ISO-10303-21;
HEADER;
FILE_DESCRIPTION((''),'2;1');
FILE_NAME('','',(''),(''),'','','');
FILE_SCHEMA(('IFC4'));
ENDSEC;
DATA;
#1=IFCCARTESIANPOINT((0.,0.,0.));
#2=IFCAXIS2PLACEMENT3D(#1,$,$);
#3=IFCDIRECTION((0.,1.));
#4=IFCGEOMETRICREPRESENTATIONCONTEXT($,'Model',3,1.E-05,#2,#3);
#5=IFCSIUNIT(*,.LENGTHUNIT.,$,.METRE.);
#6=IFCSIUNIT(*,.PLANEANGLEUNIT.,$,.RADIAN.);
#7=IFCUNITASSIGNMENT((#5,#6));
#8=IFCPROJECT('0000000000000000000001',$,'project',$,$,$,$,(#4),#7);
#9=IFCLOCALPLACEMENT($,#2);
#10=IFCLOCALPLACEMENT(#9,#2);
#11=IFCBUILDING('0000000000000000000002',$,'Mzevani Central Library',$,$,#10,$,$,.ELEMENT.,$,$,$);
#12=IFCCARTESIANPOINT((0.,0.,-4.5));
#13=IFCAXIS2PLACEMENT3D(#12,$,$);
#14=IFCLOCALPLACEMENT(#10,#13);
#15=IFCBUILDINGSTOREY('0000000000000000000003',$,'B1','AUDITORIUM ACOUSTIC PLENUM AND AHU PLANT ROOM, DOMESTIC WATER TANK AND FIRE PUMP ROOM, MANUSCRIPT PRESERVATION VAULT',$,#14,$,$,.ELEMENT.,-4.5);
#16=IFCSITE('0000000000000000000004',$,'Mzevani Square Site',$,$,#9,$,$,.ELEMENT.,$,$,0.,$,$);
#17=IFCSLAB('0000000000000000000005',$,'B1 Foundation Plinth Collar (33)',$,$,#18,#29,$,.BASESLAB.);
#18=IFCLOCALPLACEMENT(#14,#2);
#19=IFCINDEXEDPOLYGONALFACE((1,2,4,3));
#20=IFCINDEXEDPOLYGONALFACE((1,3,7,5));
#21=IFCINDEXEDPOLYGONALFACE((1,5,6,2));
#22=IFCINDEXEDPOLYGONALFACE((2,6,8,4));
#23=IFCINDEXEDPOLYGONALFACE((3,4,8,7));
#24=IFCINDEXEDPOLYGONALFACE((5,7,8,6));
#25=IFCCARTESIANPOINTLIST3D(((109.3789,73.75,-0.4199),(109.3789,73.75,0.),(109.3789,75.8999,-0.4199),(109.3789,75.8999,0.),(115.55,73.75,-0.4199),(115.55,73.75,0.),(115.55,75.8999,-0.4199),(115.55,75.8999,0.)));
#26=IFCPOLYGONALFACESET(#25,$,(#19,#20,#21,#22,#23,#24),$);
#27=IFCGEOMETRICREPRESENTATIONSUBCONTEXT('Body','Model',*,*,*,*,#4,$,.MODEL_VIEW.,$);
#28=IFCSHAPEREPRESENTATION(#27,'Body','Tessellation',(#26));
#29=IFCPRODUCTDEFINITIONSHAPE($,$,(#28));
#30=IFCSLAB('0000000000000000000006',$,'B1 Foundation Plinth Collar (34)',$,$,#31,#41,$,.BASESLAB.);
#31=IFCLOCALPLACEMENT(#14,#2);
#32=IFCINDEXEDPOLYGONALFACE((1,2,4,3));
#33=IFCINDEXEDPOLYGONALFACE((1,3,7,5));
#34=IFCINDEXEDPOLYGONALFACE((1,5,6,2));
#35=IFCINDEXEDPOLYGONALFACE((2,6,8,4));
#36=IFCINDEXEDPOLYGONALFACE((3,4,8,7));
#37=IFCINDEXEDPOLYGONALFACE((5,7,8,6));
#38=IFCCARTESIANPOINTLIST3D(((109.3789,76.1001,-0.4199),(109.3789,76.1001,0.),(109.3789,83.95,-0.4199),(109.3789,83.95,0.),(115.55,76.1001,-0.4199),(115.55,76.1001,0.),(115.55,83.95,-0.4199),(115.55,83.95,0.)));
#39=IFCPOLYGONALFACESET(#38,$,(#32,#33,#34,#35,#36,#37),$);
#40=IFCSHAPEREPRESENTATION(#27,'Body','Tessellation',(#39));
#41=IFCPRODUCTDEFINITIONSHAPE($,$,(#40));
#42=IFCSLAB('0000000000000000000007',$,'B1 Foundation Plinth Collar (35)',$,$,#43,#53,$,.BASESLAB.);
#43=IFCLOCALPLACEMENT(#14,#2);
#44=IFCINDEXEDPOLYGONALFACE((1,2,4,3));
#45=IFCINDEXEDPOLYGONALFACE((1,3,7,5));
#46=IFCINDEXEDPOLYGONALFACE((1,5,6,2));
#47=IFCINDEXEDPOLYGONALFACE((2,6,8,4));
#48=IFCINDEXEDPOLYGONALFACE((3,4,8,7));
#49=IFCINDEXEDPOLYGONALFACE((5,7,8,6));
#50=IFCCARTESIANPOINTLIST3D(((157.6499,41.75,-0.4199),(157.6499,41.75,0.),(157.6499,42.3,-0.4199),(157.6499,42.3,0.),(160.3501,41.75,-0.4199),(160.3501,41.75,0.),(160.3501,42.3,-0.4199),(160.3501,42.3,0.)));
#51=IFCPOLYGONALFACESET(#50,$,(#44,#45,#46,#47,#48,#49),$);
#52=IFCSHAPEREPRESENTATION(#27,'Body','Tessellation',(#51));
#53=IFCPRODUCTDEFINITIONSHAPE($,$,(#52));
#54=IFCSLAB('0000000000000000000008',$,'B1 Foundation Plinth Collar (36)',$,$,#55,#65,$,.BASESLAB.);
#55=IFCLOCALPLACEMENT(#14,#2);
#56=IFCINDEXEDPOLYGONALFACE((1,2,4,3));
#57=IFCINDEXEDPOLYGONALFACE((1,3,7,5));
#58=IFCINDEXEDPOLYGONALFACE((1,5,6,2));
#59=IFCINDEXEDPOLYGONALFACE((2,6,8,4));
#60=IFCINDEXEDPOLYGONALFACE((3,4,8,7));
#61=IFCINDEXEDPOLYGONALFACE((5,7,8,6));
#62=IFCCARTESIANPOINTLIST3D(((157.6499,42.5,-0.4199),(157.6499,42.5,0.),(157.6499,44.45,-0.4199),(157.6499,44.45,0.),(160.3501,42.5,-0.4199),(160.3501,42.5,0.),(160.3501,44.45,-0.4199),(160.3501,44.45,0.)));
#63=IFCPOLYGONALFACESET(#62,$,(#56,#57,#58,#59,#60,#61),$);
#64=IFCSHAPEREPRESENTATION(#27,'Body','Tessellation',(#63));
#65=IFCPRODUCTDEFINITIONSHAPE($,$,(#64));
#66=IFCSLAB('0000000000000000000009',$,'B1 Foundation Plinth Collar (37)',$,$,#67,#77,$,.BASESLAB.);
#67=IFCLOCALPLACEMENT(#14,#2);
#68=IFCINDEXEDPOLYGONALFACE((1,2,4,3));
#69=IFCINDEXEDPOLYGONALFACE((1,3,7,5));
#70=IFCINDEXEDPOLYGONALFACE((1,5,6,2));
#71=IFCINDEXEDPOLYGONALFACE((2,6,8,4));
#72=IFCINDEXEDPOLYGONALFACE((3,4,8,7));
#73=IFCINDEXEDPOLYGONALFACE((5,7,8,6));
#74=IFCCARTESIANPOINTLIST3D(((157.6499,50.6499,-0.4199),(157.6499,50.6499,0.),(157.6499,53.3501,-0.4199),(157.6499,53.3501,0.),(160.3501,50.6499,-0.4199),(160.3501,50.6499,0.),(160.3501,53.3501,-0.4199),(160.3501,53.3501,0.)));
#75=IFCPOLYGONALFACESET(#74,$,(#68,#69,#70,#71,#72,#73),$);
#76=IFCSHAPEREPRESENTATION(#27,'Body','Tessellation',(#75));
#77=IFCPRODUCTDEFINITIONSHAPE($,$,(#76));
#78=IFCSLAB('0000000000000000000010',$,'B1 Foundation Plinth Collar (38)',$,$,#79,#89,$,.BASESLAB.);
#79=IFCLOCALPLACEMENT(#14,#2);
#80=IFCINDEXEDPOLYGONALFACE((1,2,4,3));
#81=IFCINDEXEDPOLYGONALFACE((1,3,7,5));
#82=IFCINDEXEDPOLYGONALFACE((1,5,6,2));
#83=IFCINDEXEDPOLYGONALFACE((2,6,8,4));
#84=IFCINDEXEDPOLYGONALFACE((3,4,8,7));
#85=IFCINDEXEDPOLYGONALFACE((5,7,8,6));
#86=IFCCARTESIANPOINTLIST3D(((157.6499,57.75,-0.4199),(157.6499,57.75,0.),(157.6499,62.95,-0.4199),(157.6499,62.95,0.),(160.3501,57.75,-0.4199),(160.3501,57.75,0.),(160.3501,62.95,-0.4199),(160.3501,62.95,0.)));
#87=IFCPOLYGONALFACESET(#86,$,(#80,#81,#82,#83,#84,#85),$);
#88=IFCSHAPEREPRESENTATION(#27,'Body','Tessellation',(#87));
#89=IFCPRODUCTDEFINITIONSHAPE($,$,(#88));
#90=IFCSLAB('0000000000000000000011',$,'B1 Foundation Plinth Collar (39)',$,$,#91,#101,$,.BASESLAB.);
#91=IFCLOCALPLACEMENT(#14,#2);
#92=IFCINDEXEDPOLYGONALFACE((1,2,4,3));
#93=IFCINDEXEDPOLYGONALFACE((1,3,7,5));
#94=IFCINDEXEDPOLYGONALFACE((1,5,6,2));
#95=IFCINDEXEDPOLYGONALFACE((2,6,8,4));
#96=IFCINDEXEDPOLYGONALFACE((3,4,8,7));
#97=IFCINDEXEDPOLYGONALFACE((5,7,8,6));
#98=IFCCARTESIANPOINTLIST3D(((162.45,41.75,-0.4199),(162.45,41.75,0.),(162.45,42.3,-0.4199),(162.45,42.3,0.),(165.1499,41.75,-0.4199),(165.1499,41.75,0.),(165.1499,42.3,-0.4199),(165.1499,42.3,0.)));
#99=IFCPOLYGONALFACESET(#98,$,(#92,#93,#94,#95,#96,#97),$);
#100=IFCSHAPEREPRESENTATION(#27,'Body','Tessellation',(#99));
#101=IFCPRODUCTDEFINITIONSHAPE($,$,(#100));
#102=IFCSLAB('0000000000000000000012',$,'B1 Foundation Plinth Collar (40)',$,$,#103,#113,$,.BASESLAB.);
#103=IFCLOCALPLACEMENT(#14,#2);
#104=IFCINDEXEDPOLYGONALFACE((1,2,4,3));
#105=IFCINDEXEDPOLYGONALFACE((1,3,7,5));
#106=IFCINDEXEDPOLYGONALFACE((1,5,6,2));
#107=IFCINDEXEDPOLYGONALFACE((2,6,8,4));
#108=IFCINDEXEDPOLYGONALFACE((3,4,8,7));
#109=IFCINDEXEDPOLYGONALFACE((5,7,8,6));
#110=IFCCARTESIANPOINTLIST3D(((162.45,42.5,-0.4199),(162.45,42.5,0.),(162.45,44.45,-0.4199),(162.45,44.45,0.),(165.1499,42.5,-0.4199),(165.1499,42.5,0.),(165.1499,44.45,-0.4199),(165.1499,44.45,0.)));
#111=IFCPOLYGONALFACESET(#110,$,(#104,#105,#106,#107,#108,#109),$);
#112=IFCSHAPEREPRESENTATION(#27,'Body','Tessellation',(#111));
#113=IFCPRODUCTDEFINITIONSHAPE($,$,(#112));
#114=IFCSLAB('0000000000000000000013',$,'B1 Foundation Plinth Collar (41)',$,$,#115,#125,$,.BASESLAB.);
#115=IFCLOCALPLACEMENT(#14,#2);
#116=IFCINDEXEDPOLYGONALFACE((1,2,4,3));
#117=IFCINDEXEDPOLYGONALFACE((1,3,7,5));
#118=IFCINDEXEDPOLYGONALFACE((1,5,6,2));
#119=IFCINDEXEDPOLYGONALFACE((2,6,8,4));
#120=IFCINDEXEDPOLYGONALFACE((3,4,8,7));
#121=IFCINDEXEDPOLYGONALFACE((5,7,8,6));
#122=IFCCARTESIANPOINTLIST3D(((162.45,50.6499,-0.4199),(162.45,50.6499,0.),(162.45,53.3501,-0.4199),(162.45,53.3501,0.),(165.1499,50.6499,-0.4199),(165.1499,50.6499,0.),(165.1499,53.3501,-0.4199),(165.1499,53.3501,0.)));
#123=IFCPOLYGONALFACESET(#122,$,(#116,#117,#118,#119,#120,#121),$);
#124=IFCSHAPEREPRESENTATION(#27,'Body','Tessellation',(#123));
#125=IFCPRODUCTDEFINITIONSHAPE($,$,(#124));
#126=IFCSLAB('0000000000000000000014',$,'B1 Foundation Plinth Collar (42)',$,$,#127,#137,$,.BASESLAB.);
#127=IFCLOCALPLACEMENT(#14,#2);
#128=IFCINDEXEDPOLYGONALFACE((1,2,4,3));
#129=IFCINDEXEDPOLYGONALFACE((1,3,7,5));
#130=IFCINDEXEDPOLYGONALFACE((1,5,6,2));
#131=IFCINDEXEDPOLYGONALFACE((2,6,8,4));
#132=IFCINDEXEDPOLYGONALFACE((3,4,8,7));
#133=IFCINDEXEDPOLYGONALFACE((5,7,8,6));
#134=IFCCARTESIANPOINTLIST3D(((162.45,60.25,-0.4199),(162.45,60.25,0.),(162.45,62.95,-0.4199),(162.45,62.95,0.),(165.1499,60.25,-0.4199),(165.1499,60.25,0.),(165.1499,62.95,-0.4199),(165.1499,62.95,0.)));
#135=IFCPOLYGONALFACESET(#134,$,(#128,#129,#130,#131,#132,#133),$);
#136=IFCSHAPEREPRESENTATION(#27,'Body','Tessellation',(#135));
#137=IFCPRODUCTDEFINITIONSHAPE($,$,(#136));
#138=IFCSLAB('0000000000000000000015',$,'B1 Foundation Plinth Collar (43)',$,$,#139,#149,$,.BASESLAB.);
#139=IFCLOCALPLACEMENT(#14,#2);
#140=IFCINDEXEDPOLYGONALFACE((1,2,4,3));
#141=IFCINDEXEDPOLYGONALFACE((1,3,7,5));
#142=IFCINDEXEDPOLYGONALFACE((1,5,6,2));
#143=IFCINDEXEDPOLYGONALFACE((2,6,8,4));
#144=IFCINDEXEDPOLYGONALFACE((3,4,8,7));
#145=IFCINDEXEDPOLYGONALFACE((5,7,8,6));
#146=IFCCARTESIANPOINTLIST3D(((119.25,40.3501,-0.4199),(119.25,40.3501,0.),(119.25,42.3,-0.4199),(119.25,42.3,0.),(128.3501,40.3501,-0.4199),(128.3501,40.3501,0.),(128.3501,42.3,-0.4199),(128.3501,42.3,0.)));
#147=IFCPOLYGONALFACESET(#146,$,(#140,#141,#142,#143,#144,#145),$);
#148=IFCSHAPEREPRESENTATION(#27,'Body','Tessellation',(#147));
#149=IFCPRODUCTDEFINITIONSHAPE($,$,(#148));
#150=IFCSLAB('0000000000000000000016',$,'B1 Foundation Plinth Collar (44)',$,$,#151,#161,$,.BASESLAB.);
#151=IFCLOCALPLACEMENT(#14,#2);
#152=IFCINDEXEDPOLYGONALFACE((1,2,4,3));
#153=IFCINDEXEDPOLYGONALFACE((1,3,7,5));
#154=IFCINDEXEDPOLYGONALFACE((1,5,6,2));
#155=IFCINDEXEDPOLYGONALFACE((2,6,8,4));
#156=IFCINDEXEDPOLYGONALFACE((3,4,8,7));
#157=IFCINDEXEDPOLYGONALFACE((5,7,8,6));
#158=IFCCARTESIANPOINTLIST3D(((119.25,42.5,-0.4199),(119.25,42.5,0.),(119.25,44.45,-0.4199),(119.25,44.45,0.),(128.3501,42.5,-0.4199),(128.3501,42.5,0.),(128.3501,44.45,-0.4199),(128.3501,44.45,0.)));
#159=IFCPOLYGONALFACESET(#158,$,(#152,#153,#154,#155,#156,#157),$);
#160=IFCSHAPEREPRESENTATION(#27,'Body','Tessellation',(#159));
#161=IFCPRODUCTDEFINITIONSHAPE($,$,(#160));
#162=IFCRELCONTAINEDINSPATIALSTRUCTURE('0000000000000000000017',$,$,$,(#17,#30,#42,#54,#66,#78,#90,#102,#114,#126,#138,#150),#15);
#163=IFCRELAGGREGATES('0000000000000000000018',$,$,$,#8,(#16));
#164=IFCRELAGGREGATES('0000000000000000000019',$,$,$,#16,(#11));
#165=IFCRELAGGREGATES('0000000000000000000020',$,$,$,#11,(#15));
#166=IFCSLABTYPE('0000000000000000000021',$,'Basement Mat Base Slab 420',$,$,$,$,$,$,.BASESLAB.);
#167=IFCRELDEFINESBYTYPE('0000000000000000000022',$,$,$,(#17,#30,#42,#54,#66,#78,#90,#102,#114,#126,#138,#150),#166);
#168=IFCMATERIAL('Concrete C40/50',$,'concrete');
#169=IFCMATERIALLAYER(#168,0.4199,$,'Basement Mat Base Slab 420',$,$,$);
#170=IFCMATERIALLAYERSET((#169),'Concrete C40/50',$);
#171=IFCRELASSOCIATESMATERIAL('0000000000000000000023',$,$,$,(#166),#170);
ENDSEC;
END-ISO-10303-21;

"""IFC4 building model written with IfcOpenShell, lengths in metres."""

from ifc_helpers import new_model, si_unit, direction, frame, origin, place, context, subcontext, project, spatial, polyline, outline, extrude, material, layer, layer_set, type_object, element, save


model = new_model("IFC4")

# Units and contexts
model_context = context("Model", 3, precision=1e-05, world=origin(), true_north=direction((0.0, 1.0)))
body_context = subcontext(model_context, "Body", "Model", "MODEL_VIEW")
ifc_project = project(units=[si_unit("LENGTHUNIT", "METRE"), si_unit("PLANEANGLEUNIT", "RADIAN")], contexts=[model_context])

# Site, building, storey
site_placement = place(None, origin())
site = spatial("IfcSite", under=ifc_project, at=site_placement, Name="Mzevani Square Site", CompositionType="ELEMENT", RefElevation=0.0)
building_placement = place(site_placement, origin())
building = spatial("IfcBuilding", under=site, at=building_placement, Name="Mzevani Central Library", CompositionType="ELEMENT")
storey_placement = place(building_placement, frame((0.0, 0.0, -4.5)))
storey = spatial("IfcBuildingStorey", under=building, at=storey_placement, Name="B1", Description="AUDITORIUM ACOUSTIC PLENUM AND AHU PLANT ROOM, DOMESTIC WATER TANK AND FIRE PUMP ROOM, MANUSCRIPT PRESERVATION VAULT", CompositionType="ELEMENT", Elevation=-4.5)

# Slabs
ifc_material = material(Name="Concrete C40/50", Category="concrete")
ifc_layer = layer(ifc_material, 0.4199, Name="Basement Mat Base Slab 420")
ifc_layer_set = layer_set([ifc_layer], Name="Concrete C40/50")
slab_type = type_object("IfcSlabType", Name="Basement Mat Base Slab 420", PredefinedType="BASESLAB", material=ifc_layer_set)
slab_1_placement = place(storey_placement, frame((0.0, 0.0, -0.4199)))
element("IfcSlab", 1, at=slab_1_placement, inside=storey, type_object=slab_type, Name="B1 Foundation Plinth Collar (33)", PredefinedType="BASESLAB", context=body_context, shape_type="SweptSolid", body=[
    extrude(outline(polyline([(109.3789, 75.8999), (115.55, 75.8999), (115.55, 73.75), (109.3789, 73.75), (109.3789, 75.8999)])), origin(), (0.0, 0.0, 1.0), 0.4199),
])
slab_2_placement = place(storey_placement, frame((0.0, 0.0, -0.4199)))
element("IfcSlab", 2, at=slab_2_placement, inside=storey, type_object=slab_type, Name="B1 Foundation Plinth Collar (34)", PredefinedType="BASESLAB", context=body_context, shape_type="SweptSolid", body=[
    extrude(outline(polyline([(109.3789, 83.95), (115.55, 83.95), (115.55, 76.1001), (109.3789, 76.1001), (109.3789, 83.95)])), origin(), (0.0, 0.0, 1.0), 0.4199),
])
slab_3_placement = place(storey_placement, frame((0.0, 0.0, -0.4199)))
element("IfcSlab", 3, at=slab_3_placement, inside=storey, type_object=slab_type, Name="B1 Foundation Plinth Collar (35)", PredefinedType="BASESLAB", context=body_context, shape_type="SweptSolid", body=[
    extrude(outline(polyline([(157.6499, 42.3), (160.3501, 42.3), (160.3501, 41.75), (157.6499, 41.75), (157.6499, 42.3)])), origin(), (0.0, 0.0, 1.0), 0.4199),
])
slab_4_placement = place(storey_placement, frame((0.0, 0.0, -0.4199)))
element("IfcSlab", 4, at=slab_4_placement, inside=storey, type_object=slab_type, Name="B1 Foundation Plinth Collar (36)", PredefinedType="BASESLAB", context=body_context, shape_type="SweptSolid", body=[
    extrude(outline(polyline([(157.6499, 44.45), (160.3501, 44.45), (160.3501, 42.5), (157.6499, 42.5), (157.6499, 44.45)])), origin(), (0.0, 0.0, 1.0), 0.4199),
])
slab_5_placement = place(storey_placement, frame((0.0, 0.0, -0.4199)))
element("IfcSlab", 5, at=slab_5_placement, inside=storey, type_object=slab_type, Name="B1 Foundation Plinth Collar (37)", PredefinedType="BASESLAB", context=body_context, shape_type="SweptSolid", body=[
    extrude(outline(polyline([(157.6499, 53.3501), (160.3501, 53.3501), (160.3501, 50.6499), (157.6499, 50.6499), (157.6499, 53.3501)])), origin(), (0.0, 0.0, 1.0), 0.4199),
])
slab_6_placement = place(storey_placement, frame((0.0, 0.0, -0.4199)))
element("IfcSlab", 6, at=slab_6_placement, inside=storey, type_object=slab_type, Name="B1 Foundation Plinth Collar (38)", PredefinedType="BASESLAB", context=body_context, shape_type="SweptSolid", body=[
    extrude(outline(polyline([(157.6499, 62.95), (160.3501, 62.95), (160.3501, 57.75), (157.6499, 57.75), (157.6499, 62.95)])), origin(), (0.0, 0.0, 1.0), 0.4199),
])
slab_7_placement = place(storey_placement, frame((0.0, 0.0, -0.4199)))
element("IfcSlab", 7, at=slab_7_placement, inside=storey, type_object=slab_type, Name="B1 Foundation Plinth Collar (39)", PredefinedType="BASESLAB", context=body_context, shape_type="SweptSolid", body=[
    extrude(outline(polyline([(162.45, 42.3), (165.1499, 42.3), (165.1499, 41.75), (162.45, 41.75), (162.45, 42.3)])), origin(), (0.0, 0.0, 1.0), 0.4199),
])
slab_8_placement = place(storey_placement, frame((0.0, 0.0, -0.4199)))
element("IfcSlab", 8, at=slab_8_placement, inside=storey, type_object=slab_type, Name="B1 Foundation Plinth Collar (40)", PredefinedType="BASESLAB", context=body_context, shape_type="SweptSolid", body=[
    extrude(outline(polyline([(162.45, 44.45), (165.1499, 44.45), (165.1499, 42.5), (162.45, 42.5), (162.45, 44.45)])), origin(), (0.0, 0.0, 1.0), 0.4199),
])
slab_9_placement = place(storey_placement, frame((0.0, 0.0, -0.4199)))
element("IfcSlab", 9, at=slab_9_placement, inside=storey, type_object=slab_type, Name="B1 Foundation Plinth Collar (41)", PredefinedType="BASESLAB", context=body_context, shape_type="SweptSolid", body=[
    extrude(outline(polyline([(162.45, 53.3501), (165.1499, 53.3501), (165.1499, 50.6499), (162.45, 50.6499), (162.45, 53.3501)])), origin(), (0.0, 0.0, 1.0), 0.4199),
])
slab_10_placement = place(storey_placement, frame((0.0, 0.0, -0.4199)))
element("IfcSlab", 10, at=slab_10_placement, inside=storey, type_object=slab_type, Name="B1 Foundation Plinth Collar (42)", PredefinedType="BASESLAB", context=body_context, shape_type="SweptSolid", body=[
    extrude(outline(polyline([(162.45, 62.95), (165.1499, 62.95), (165.1499, 60.25), (162.45, 60.25), (162.45, 62.95)])), origin(), (0.0, 0.0, 1.0), 0.4199),
])
slab_11_placement = place(storey_placement, frame((0.0, 0.0, -0.4199)))
element("IfcSlab", 11, at=slab_11_placement, inside=storey, type_object=slab_type, Name="B1 Foundation Plinth Collar (43)", PredefinedType="BASESLAB", context=body_context, shape_type="SweptSolid", body=[
    extrude(outline(polyline([(119.25, 42.3), (128.3501, 42.3), (128.3501, 40.3501), (119.25, 40.3501), (119.25, 42.3)])), origin(), (0.0, 0.0, 1.0), 0.4199),
])
slab_12_placement = place(storey_placement, frame((0.0, 0.0, -0.4199)))
element("IfcSlab", 12, at=slab_12_placement, inside=storey, type_object=slab_type, Name="B1 Foundation Plinth Collar (44)", PredefinedType="BASESLAB", context=body_context, shape_type="SweptSolid", body=[
    extrude(outline(polyline([(119.25, 44.45), (128.3501, 44.45), (128.3501, 42.5), (119.25, 42.5), (119.25, 44.45)])), origin(), (0.0, 0.0, 1.0), 0.4199),
])

save(model, "model.ifc")
